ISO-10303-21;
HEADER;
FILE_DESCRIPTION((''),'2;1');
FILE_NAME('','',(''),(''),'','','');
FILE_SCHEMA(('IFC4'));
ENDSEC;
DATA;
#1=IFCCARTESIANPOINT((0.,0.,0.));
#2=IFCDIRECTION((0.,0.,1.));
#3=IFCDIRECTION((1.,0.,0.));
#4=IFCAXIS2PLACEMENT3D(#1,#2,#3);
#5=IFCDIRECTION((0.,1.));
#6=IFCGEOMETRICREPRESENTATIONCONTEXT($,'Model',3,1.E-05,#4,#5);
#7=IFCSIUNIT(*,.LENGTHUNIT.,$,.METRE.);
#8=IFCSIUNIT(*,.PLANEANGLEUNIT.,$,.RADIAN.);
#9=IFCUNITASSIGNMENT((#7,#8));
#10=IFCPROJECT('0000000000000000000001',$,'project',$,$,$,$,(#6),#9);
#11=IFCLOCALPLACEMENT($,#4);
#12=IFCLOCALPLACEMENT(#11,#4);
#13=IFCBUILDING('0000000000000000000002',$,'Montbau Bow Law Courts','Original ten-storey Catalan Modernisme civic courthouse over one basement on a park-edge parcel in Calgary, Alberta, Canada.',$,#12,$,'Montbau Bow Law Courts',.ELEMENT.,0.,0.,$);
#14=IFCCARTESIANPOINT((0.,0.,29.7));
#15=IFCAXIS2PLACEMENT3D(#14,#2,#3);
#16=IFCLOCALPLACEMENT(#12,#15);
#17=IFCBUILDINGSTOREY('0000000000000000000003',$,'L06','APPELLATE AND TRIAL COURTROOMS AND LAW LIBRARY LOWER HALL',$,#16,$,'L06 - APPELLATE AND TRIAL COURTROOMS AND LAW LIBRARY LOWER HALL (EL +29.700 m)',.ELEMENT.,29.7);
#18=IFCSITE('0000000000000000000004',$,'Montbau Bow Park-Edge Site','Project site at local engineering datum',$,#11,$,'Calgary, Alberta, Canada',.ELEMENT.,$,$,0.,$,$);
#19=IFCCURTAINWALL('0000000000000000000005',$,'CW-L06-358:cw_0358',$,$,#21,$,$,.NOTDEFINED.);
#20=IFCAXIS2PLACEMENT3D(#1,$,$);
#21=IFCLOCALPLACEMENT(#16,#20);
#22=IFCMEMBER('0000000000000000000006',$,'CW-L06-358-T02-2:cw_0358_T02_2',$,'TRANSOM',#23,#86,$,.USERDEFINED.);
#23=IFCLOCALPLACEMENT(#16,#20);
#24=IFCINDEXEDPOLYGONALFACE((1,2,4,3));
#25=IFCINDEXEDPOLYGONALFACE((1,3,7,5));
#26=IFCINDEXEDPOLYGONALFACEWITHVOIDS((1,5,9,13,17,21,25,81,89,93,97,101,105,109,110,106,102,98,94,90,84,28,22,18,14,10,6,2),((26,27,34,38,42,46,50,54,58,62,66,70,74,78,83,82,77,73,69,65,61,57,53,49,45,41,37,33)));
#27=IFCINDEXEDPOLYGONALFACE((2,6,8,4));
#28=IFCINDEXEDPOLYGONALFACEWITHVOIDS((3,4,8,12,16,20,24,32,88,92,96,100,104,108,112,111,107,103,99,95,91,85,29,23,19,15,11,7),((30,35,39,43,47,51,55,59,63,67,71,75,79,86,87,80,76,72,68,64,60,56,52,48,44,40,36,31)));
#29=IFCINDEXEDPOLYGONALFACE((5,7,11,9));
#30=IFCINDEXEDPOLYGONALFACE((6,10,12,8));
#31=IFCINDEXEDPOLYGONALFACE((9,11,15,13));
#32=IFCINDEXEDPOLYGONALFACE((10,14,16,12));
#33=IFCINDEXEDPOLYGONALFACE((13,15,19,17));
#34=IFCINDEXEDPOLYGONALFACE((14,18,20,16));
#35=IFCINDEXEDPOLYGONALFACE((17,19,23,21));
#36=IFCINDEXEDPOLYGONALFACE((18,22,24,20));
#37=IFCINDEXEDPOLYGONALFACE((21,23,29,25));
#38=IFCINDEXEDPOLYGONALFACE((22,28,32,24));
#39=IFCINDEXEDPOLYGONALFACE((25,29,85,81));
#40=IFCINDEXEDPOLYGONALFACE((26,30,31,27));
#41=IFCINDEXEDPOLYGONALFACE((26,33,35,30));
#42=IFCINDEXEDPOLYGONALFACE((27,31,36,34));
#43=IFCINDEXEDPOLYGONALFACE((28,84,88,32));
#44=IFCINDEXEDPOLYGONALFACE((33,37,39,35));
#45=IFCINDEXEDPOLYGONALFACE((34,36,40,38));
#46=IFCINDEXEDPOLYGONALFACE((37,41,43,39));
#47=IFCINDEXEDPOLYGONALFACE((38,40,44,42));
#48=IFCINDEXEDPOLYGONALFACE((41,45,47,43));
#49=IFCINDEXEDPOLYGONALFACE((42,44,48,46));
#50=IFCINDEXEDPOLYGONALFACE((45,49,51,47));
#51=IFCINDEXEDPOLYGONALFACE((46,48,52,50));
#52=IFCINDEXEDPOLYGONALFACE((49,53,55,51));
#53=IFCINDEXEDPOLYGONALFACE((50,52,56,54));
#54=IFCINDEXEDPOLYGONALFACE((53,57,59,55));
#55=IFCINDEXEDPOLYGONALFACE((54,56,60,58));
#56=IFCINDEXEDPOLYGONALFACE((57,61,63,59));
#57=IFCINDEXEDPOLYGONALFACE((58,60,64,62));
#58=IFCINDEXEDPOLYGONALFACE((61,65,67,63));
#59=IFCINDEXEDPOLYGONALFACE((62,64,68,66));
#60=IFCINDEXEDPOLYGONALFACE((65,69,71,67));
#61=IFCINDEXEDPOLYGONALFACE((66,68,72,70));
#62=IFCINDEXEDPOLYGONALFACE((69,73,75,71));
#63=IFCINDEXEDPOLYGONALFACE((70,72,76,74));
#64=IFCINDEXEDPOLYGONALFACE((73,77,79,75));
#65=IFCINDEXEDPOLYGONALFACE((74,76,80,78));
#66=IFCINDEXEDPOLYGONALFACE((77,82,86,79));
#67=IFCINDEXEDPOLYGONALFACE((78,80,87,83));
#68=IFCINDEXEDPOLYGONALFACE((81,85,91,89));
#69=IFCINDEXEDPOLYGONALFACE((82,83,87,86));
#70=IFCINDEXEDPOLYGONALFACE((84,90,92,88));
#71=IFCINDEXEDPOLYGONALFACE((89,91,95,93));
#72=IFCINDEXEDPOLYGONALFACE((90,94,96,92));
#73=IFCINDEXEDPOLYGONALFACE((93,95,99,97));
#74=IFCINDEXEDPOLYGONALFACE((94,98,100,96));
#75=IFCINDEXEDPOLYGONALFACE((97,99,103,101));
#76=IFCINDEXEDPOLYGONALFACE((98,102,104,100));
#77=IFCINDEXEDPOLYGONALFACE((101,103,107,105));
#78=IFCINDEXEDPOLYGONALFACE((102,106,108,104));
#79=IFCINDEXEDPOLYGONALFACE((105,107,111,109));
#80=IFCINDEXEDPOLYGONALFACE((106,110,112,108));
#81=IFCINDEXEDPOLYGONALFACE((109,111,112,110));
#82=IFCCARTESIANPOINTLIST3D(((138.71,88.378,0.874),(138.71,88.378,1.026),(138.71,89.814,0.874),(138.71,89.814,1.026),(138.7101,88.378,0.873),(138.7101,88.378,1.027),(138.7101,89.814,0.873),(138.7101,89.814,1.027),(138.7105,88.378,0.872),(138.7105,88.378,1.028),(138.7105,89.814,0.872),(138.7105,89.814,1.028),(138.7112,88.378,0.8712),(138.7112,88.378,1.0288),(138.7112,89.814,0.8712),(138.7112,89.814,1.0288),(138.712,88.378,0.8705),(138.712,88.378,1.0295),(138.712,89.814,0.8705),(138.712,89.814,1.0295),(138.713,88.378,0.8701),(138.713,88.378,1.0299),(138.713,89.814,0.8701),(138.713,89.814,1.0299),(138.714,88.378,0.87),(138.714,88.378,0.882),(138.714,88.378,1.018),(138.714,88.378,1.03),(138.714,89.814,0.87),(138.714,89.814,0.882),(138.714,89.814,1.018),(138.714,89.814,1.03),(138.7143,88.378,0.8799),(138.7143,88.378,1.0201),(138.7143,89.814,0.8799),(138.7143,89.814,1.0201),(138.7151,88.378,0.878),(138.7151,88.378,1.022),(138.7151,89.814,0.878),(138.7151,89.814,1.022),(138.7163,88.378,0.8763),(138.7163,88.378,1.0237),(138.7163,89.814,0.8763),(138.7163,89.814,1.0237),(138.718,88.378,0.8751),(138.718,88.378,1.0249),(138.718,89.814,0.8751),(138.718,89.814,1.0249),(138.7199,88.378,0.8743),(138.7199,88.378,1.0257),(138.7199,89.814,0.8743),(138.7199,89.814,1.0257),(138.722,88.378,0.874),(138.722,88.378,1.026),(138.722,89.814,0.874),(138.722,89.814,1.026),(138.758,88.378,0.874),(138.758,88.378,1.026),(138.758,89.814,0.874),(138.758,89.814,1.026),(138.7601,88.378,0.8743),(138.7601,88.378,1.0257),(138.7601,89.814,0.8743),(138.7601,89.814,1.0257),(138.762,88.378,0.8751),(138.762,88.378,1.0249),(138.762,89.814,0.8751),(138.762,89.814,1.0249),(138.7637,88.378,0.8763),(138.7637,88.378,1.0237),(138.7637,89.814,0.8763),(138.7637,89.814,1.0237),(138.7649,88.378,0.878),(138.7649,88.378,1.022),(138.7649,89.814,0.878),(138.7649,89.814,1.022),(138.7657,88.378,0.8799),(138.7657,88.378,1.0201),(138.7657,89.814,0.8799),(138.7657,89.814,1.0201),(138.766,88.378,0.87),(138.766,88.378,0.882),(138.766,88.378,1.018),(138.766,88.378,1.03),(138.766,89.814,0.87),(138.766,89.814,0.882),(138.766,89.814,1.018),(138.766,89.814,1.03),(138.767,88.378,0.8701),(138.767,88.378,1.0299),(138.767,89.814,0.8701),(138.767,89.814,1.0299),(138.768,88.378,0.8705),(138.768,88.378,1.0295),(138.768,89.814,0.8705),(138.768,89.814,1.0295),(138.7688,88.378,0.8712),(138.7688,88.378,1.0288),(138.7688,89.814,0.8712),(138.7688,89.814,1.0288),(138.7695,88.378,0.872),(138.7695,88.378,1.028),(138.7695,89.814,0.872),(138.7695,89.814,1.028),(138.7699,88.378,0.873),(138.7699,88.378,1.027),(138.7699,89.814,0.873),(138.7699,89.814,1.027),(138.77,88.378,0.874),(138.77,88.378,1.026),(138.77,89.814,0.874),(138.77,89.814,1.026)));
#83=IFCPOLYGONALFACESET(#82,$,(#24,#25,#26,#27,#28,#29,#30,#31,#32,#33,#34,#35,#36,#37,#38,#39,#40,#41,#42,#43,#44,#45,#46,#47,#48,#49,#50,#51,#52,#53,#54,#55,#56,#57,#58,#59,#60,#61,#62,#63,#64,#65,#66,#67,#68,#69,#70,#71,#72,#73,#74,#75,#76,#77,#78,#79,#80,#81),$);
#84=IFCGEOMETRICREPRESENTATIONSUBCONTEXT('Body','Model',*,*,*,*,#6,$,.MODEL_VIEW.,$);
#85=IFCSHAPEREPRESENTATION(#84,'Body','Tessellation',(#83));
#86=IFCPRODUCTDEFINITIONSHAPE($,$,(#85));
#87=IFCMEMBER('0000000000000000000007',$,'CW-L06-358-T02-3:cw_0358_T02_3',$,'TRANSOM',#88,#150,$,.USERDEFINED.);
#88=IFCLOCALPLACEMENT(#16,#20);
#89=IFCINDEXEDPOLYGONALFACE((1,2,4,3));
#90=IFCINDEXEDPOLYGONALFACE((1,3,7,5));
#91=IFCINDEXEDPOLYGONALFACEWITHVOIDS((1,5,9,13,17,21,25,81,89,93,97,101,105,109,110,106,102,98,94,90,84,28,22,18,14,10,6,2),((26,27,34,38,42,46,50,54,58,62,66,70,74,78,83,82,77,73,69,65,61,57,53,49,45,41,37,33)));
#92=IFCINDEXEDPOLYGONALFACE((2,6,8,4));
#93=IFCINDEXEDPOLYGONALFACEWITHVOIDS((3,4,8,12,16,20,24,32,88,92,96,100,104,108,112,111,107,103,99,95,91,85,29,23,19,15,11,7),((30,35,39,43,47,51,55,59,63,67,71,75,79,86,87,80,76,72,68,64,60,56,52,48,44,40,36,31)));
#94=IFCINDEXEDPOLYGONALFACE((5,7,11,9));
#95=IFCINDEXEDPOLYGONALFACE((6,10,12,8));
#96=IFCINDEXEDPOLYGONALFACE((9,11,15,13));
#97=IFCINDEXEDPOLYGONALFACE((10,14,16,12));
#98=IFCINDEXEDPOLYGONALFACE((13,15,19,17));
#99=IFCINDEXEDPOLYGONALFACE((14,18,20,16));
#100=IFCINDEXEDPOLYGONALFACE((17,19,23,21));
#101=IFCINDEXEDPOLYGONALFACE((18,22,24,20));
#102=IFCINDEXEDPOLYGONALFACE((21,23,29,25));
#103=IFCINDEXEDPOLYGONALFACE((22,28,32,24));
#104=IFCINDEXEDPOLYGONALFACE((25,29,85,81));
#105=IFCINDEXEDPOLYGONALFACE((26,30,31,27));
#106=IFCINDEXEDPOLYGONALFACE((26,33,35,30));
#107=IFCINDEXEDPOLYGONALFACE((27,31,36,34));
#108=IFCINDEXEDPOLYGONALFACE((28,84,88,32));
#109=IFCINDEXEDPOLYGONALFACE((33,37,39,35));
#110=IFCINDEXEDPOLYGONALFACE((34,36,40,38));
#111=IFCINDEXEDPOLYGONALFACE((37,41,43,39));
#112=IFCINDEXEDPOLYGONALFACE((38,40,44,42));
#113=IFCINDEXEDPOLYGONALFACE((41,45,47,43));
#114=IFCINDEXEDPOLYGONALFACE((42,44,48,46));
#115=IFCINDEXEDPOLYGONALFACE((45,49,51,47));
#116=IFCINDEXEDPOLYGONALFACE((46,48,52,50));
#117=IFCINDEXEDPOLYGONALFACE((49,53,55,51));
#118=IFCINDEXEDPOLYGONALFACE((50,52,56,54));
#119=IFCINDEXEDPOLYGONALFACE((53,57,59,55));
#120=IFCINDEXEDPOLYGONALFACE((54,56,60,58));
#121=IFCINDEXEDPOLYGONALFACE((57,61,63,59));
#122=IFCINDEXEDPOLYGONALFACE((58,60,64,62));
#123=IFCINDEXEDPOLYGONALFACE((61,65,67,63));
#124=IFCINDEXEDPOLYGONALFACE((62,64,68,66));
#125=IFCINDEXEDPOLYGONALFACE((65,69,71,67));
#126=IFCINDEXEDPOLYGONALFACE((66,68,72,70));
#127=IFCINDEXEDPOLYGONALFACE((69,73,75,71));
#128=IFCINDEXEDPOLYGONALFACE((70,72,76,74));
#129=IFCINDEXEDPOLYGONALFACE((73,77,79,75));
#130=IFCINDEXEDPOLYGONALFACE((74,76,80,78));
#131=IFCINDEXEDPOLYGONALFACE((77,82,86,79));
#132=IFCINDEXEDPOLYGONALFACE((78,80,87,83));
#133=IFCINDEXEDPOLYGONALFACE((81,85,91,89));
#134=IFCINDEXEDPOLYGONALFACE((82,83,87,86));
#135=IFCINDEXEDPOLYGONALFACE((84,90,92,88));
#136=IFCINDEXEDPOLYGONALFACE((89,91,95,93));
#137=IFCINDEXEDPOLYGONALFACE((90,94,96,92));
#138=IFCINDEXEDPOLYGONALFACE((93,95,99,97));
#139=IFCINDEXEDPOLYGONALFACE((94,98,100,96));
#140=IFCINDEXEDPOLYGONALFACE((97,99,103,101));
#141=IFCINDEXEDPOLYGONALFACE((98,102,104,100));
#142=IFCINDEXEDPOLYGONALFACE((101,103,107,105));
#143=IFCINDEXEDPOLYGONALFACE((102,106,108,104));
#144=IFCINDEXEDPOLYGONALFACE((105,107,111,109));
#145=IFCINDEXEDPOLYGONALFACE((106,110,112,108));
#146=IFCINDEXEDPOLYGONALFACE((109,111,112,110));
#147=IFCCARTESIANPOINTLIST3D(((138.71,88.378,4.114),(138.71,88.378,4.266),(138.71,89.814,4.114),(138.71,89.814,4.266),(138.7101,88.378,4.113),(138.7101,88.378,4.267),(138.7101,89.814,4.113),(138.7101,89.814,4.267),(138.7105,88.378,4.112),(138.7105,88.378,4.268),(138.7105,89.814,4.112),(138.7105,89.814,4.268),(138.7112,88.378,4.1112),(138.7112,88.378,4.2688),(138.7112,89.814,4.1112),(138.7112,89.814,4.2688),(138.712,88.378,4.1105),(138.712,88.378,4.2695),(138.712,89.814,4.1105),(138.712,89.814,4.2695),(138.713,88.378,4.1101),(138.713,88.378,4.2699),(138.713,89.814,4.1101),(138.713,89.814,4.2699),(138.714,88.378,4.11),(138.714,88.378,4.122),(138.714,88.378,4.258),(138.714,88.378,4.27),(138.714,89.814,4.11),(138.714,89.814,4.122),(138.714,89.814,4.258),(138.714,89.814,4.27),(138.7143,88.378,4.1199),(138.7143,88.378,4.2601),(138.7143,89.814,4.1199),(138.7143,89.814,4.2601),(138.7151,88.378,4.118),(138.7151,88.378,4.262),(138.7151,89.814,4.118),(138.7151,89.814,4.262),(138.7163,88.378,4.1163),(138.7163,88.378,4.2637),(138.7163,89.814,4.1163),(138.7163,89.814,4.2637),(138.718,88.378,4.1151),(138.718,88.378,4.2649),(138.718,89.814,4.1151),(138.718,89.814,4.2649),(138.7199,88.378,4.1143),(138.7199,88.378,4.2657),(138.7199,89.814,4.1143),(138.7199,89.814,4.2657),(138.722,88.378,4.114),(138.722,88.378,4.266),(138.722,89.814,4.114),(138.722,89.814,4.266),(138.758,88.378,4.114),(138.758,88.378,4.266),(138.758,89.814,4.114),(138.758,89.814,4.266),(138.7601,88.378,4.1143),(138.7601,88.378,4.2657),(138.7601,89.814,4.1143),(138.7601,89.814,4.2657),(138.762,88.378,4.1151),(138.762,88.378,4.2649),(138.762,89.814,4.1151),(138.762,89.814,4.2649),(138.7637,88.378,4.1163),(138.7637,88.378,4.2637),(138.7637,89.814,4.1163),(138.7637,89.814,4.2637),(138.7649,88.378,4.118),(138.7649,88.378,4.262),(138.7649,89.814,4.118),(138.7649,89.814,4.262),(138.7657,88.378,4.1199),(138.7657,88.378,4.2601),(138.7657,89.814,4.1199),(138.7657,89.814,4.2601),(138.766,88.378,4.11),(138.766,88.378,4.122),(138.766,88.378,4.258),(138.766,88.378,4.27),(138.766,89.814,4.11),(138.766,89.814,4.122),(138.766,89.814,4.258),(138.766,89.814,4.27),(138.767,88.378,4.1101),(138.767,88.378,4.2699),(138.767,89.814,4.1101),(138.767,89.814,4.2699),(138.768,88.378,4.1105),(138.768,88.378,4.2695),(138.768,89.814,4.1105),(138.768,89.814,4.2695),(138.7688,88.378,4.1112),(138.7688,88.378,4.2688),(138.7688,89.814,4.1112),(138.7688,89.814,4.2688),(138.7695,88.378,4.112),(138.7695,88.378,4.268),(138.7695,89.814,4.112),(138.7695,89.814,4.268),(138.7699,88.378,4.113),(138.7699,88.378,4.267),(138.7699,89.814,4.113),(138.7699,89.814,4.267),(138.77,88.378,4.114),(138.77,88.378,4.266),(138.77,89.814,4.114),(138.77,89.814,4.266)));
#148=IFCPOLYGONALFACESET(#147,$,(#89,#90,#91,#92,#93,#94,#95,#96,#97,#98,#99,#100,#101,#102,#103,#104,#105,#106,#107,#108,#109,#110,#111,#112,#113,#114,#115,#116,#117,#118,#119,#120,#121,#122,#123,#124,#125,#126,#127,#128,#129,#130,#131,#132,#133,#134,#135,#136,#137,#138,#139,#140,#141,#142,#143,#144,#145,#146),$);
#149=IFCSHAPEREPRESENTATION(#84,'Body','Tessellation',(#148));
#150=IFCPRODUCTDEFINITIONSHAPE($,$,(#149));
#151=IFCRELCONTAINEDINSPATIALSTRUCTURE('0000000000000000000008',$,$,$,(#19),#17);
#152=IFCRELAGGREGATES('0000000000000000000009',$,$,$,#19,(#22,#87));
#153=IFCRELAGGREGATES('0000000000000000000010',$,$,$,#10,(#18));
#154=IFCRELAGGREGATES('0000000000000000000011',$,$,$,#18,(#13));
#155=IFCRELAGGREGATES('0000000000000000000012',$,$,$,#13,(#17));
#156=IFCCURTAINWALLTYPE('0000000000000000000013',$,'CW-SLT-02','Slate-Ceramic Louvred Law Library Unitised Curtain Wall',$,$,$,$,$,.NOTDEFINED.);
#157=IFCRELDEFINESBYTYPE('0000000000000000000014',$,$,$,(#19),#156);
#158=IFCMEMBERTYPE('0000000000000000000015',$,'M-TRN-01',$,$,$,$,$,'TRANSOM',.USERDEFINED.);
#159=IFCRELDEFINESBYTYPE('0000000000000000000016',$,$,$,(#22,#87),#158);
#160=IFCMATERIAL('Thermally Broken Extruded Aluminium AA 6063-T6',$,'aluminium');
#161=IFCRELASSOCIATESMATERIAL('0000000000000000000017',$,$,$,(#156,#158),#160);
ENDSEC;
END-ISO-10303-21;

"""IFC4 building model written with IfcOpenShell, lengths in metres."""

from ifc_helpers import new_model, si_unit, direction, frame, origin_with_axes, origin_2d_with_axis, place, context, subcontext, project, spatial, hollow_rectangle, extrude, material, material_profile, profile_set, type_object, element, aggregate, save


model = new_model("IFC4")

# Units and contexts
model_context = context("Model", 3, precision=1e-05, world=origin_with_axes(), true_north=direction((0.0, 1.0)))
body_context = subcontext(model_context, "Body", "Model", "MODEL_VIEW")
ifc_project = project(units=[si_unit("LENGTHUNIT", "METRE"), si_unit("PLANEANGLEUNIT", "RADIAN")], contexts=[model_context])

# Site, building, storey
site_placement = place(None, origin_with_axes())
site = spatial("IfcSite", under=ifc_project, at=site_placement, Name="Montbau Bow Park-Edge Site", Description="Project site at local engineering datum", LongName="Calgary, Alberta, Canada", CompositionType="ELEMENT", RefElevation=0.0)
building_placement = place(site_placement, origin_with_axes())
building = spatial("IfcBuilding", under=site, at=building_placement, Name="Montbau Bow Law Courts", Description="Original ten-storey Catalan Modernisme civic courthouse over one basement on a park-edge parcel in Calgary, Alberta, Canada.", LongName="Montbau Bow Law Courts", CompositionType="ELEMENT", ElevationOfRefHeight=0.0, ElevationOfTerrain=0.0)
storey_placement = place(building_placement, frame((0.0, 0.0, 29.7), z_axis=(0.0, 0.0, 1.0), x_axis=(1.0, 0.0, 0.0)))
storey = spatial("IfcBuildingStorey", under=building, at=storey_placement, Name="L06", Description="APPELLATE AND TRIAL COURTROOMS AND LAW LIBRARY LOWER HALL", LongName="L06 - APPELLATE AND TRIAL COURTROOMS AND LAW LIBRARY LOWER HALL (EL +29.700 m)", CompositionType="ELEMENT", Elevation=29.7)

# Shared definitions
ifc_material_1 = material(Name="Thermally Broken Extruded Aluminium AA 6063-T6", Category="aluminium")
curtain_wall_type = type_object("IfcCurtainWallType", Name="CW-SLT-02", Description="Slate-Ceramic Louvred Law Library Unitised Curtain Wall", PredefinedType="NOTDEFINED", material=ifc_material_1)

# Curtain wall, members
curtain_wall_1_placement = place(None, frame((138.74, 86.84, 29.7), z_axis=(0.0, 0.0, 1.0), x_axis=(1.0, 0.0, 0.0)))
curtain_wall_1 = element("IfcCurtainWall", 1, at=curtain_wall_1_placement, inside=storey, type_object=curtain_wall_type, Name="CW-L06-358:cw_0358", PredefinedType="NOTDEFINED")
ifc_material_profile_1 = material_profile(ifc_material_1, hollow_rectangle(XDim=0.06, YDim=0.16, WallThickness=0.004, InnerFilletRadius=0.008, OuterFilletRadius=0.004, at=origin_2d_with_axis()), Name="CWT-160X60", Category="Main", Priority=0)
ifc_profile_set_1 = profile_set([ifc_material_profile_1], Name="Thermally Broken Extruded Aluminium AA 6063-T6")
member_type_1 = type_object("IfcMemberType", Name="M-TRN-01", ElementType="TRANSOM", PredefinedType="USERDEFINED", material=ifc_profile_set_1)
member_1_placement = place(None, frame((138.74, 88.378, 30.65), z_axis=(0.0, 1.0, 0.0), x_axis=(-1.0, 0.0, 0.0)))
member_1 = element("IfcMember", 2, at=member_1_placement, type_object=member_type_1, Name="CW-L06-358-T02-2:cw_0358_T02_2", ObjectType="TRANSOM", PredefinedType="USERDEFINED", context=body_context, shape_type="SweptSolid", body=[
    extrude(hollow_rectangle(XDim=0.06, YDim=0.16, WallThickness=0.004, InnerFilletRadius=0.008, OuterFilletRadius=0.004, at=origin_2d_with_axis()), origin_with_axes(), (0.0, 0.0, 1.0), 1.436),
])
member_2_placement = place(None, frame((138.74, 88.378, 33.89), z_axis=(0.0, 1.0, 0.0), x_axis=(-1.0, 0.0, 0.0)))
member_2 = element("IfcMember", 3, at=member_2_placement, type_object=member_type_1, Name="CW-L06-358-T02-3:cw_0358_T02_3", ObjectType="TRANSOM", PredefinedType="USERDEFINED", context=body_context, shape_type="SweptSolid", body=[
    extrude(hollow_rectangle(XDim=0.06, YDim=0.16, WallThickness=0.004, InnerFilletRadius=0.008, OuterFilletRadius=0.004, at=origin_2d_with_axis()), origin_with_axes(), (0.0, 0.0, 1.0), 1.436),
])
aggregate(curtain_wall_1, [member_1, member_2])

save(model, "model.ifc")
